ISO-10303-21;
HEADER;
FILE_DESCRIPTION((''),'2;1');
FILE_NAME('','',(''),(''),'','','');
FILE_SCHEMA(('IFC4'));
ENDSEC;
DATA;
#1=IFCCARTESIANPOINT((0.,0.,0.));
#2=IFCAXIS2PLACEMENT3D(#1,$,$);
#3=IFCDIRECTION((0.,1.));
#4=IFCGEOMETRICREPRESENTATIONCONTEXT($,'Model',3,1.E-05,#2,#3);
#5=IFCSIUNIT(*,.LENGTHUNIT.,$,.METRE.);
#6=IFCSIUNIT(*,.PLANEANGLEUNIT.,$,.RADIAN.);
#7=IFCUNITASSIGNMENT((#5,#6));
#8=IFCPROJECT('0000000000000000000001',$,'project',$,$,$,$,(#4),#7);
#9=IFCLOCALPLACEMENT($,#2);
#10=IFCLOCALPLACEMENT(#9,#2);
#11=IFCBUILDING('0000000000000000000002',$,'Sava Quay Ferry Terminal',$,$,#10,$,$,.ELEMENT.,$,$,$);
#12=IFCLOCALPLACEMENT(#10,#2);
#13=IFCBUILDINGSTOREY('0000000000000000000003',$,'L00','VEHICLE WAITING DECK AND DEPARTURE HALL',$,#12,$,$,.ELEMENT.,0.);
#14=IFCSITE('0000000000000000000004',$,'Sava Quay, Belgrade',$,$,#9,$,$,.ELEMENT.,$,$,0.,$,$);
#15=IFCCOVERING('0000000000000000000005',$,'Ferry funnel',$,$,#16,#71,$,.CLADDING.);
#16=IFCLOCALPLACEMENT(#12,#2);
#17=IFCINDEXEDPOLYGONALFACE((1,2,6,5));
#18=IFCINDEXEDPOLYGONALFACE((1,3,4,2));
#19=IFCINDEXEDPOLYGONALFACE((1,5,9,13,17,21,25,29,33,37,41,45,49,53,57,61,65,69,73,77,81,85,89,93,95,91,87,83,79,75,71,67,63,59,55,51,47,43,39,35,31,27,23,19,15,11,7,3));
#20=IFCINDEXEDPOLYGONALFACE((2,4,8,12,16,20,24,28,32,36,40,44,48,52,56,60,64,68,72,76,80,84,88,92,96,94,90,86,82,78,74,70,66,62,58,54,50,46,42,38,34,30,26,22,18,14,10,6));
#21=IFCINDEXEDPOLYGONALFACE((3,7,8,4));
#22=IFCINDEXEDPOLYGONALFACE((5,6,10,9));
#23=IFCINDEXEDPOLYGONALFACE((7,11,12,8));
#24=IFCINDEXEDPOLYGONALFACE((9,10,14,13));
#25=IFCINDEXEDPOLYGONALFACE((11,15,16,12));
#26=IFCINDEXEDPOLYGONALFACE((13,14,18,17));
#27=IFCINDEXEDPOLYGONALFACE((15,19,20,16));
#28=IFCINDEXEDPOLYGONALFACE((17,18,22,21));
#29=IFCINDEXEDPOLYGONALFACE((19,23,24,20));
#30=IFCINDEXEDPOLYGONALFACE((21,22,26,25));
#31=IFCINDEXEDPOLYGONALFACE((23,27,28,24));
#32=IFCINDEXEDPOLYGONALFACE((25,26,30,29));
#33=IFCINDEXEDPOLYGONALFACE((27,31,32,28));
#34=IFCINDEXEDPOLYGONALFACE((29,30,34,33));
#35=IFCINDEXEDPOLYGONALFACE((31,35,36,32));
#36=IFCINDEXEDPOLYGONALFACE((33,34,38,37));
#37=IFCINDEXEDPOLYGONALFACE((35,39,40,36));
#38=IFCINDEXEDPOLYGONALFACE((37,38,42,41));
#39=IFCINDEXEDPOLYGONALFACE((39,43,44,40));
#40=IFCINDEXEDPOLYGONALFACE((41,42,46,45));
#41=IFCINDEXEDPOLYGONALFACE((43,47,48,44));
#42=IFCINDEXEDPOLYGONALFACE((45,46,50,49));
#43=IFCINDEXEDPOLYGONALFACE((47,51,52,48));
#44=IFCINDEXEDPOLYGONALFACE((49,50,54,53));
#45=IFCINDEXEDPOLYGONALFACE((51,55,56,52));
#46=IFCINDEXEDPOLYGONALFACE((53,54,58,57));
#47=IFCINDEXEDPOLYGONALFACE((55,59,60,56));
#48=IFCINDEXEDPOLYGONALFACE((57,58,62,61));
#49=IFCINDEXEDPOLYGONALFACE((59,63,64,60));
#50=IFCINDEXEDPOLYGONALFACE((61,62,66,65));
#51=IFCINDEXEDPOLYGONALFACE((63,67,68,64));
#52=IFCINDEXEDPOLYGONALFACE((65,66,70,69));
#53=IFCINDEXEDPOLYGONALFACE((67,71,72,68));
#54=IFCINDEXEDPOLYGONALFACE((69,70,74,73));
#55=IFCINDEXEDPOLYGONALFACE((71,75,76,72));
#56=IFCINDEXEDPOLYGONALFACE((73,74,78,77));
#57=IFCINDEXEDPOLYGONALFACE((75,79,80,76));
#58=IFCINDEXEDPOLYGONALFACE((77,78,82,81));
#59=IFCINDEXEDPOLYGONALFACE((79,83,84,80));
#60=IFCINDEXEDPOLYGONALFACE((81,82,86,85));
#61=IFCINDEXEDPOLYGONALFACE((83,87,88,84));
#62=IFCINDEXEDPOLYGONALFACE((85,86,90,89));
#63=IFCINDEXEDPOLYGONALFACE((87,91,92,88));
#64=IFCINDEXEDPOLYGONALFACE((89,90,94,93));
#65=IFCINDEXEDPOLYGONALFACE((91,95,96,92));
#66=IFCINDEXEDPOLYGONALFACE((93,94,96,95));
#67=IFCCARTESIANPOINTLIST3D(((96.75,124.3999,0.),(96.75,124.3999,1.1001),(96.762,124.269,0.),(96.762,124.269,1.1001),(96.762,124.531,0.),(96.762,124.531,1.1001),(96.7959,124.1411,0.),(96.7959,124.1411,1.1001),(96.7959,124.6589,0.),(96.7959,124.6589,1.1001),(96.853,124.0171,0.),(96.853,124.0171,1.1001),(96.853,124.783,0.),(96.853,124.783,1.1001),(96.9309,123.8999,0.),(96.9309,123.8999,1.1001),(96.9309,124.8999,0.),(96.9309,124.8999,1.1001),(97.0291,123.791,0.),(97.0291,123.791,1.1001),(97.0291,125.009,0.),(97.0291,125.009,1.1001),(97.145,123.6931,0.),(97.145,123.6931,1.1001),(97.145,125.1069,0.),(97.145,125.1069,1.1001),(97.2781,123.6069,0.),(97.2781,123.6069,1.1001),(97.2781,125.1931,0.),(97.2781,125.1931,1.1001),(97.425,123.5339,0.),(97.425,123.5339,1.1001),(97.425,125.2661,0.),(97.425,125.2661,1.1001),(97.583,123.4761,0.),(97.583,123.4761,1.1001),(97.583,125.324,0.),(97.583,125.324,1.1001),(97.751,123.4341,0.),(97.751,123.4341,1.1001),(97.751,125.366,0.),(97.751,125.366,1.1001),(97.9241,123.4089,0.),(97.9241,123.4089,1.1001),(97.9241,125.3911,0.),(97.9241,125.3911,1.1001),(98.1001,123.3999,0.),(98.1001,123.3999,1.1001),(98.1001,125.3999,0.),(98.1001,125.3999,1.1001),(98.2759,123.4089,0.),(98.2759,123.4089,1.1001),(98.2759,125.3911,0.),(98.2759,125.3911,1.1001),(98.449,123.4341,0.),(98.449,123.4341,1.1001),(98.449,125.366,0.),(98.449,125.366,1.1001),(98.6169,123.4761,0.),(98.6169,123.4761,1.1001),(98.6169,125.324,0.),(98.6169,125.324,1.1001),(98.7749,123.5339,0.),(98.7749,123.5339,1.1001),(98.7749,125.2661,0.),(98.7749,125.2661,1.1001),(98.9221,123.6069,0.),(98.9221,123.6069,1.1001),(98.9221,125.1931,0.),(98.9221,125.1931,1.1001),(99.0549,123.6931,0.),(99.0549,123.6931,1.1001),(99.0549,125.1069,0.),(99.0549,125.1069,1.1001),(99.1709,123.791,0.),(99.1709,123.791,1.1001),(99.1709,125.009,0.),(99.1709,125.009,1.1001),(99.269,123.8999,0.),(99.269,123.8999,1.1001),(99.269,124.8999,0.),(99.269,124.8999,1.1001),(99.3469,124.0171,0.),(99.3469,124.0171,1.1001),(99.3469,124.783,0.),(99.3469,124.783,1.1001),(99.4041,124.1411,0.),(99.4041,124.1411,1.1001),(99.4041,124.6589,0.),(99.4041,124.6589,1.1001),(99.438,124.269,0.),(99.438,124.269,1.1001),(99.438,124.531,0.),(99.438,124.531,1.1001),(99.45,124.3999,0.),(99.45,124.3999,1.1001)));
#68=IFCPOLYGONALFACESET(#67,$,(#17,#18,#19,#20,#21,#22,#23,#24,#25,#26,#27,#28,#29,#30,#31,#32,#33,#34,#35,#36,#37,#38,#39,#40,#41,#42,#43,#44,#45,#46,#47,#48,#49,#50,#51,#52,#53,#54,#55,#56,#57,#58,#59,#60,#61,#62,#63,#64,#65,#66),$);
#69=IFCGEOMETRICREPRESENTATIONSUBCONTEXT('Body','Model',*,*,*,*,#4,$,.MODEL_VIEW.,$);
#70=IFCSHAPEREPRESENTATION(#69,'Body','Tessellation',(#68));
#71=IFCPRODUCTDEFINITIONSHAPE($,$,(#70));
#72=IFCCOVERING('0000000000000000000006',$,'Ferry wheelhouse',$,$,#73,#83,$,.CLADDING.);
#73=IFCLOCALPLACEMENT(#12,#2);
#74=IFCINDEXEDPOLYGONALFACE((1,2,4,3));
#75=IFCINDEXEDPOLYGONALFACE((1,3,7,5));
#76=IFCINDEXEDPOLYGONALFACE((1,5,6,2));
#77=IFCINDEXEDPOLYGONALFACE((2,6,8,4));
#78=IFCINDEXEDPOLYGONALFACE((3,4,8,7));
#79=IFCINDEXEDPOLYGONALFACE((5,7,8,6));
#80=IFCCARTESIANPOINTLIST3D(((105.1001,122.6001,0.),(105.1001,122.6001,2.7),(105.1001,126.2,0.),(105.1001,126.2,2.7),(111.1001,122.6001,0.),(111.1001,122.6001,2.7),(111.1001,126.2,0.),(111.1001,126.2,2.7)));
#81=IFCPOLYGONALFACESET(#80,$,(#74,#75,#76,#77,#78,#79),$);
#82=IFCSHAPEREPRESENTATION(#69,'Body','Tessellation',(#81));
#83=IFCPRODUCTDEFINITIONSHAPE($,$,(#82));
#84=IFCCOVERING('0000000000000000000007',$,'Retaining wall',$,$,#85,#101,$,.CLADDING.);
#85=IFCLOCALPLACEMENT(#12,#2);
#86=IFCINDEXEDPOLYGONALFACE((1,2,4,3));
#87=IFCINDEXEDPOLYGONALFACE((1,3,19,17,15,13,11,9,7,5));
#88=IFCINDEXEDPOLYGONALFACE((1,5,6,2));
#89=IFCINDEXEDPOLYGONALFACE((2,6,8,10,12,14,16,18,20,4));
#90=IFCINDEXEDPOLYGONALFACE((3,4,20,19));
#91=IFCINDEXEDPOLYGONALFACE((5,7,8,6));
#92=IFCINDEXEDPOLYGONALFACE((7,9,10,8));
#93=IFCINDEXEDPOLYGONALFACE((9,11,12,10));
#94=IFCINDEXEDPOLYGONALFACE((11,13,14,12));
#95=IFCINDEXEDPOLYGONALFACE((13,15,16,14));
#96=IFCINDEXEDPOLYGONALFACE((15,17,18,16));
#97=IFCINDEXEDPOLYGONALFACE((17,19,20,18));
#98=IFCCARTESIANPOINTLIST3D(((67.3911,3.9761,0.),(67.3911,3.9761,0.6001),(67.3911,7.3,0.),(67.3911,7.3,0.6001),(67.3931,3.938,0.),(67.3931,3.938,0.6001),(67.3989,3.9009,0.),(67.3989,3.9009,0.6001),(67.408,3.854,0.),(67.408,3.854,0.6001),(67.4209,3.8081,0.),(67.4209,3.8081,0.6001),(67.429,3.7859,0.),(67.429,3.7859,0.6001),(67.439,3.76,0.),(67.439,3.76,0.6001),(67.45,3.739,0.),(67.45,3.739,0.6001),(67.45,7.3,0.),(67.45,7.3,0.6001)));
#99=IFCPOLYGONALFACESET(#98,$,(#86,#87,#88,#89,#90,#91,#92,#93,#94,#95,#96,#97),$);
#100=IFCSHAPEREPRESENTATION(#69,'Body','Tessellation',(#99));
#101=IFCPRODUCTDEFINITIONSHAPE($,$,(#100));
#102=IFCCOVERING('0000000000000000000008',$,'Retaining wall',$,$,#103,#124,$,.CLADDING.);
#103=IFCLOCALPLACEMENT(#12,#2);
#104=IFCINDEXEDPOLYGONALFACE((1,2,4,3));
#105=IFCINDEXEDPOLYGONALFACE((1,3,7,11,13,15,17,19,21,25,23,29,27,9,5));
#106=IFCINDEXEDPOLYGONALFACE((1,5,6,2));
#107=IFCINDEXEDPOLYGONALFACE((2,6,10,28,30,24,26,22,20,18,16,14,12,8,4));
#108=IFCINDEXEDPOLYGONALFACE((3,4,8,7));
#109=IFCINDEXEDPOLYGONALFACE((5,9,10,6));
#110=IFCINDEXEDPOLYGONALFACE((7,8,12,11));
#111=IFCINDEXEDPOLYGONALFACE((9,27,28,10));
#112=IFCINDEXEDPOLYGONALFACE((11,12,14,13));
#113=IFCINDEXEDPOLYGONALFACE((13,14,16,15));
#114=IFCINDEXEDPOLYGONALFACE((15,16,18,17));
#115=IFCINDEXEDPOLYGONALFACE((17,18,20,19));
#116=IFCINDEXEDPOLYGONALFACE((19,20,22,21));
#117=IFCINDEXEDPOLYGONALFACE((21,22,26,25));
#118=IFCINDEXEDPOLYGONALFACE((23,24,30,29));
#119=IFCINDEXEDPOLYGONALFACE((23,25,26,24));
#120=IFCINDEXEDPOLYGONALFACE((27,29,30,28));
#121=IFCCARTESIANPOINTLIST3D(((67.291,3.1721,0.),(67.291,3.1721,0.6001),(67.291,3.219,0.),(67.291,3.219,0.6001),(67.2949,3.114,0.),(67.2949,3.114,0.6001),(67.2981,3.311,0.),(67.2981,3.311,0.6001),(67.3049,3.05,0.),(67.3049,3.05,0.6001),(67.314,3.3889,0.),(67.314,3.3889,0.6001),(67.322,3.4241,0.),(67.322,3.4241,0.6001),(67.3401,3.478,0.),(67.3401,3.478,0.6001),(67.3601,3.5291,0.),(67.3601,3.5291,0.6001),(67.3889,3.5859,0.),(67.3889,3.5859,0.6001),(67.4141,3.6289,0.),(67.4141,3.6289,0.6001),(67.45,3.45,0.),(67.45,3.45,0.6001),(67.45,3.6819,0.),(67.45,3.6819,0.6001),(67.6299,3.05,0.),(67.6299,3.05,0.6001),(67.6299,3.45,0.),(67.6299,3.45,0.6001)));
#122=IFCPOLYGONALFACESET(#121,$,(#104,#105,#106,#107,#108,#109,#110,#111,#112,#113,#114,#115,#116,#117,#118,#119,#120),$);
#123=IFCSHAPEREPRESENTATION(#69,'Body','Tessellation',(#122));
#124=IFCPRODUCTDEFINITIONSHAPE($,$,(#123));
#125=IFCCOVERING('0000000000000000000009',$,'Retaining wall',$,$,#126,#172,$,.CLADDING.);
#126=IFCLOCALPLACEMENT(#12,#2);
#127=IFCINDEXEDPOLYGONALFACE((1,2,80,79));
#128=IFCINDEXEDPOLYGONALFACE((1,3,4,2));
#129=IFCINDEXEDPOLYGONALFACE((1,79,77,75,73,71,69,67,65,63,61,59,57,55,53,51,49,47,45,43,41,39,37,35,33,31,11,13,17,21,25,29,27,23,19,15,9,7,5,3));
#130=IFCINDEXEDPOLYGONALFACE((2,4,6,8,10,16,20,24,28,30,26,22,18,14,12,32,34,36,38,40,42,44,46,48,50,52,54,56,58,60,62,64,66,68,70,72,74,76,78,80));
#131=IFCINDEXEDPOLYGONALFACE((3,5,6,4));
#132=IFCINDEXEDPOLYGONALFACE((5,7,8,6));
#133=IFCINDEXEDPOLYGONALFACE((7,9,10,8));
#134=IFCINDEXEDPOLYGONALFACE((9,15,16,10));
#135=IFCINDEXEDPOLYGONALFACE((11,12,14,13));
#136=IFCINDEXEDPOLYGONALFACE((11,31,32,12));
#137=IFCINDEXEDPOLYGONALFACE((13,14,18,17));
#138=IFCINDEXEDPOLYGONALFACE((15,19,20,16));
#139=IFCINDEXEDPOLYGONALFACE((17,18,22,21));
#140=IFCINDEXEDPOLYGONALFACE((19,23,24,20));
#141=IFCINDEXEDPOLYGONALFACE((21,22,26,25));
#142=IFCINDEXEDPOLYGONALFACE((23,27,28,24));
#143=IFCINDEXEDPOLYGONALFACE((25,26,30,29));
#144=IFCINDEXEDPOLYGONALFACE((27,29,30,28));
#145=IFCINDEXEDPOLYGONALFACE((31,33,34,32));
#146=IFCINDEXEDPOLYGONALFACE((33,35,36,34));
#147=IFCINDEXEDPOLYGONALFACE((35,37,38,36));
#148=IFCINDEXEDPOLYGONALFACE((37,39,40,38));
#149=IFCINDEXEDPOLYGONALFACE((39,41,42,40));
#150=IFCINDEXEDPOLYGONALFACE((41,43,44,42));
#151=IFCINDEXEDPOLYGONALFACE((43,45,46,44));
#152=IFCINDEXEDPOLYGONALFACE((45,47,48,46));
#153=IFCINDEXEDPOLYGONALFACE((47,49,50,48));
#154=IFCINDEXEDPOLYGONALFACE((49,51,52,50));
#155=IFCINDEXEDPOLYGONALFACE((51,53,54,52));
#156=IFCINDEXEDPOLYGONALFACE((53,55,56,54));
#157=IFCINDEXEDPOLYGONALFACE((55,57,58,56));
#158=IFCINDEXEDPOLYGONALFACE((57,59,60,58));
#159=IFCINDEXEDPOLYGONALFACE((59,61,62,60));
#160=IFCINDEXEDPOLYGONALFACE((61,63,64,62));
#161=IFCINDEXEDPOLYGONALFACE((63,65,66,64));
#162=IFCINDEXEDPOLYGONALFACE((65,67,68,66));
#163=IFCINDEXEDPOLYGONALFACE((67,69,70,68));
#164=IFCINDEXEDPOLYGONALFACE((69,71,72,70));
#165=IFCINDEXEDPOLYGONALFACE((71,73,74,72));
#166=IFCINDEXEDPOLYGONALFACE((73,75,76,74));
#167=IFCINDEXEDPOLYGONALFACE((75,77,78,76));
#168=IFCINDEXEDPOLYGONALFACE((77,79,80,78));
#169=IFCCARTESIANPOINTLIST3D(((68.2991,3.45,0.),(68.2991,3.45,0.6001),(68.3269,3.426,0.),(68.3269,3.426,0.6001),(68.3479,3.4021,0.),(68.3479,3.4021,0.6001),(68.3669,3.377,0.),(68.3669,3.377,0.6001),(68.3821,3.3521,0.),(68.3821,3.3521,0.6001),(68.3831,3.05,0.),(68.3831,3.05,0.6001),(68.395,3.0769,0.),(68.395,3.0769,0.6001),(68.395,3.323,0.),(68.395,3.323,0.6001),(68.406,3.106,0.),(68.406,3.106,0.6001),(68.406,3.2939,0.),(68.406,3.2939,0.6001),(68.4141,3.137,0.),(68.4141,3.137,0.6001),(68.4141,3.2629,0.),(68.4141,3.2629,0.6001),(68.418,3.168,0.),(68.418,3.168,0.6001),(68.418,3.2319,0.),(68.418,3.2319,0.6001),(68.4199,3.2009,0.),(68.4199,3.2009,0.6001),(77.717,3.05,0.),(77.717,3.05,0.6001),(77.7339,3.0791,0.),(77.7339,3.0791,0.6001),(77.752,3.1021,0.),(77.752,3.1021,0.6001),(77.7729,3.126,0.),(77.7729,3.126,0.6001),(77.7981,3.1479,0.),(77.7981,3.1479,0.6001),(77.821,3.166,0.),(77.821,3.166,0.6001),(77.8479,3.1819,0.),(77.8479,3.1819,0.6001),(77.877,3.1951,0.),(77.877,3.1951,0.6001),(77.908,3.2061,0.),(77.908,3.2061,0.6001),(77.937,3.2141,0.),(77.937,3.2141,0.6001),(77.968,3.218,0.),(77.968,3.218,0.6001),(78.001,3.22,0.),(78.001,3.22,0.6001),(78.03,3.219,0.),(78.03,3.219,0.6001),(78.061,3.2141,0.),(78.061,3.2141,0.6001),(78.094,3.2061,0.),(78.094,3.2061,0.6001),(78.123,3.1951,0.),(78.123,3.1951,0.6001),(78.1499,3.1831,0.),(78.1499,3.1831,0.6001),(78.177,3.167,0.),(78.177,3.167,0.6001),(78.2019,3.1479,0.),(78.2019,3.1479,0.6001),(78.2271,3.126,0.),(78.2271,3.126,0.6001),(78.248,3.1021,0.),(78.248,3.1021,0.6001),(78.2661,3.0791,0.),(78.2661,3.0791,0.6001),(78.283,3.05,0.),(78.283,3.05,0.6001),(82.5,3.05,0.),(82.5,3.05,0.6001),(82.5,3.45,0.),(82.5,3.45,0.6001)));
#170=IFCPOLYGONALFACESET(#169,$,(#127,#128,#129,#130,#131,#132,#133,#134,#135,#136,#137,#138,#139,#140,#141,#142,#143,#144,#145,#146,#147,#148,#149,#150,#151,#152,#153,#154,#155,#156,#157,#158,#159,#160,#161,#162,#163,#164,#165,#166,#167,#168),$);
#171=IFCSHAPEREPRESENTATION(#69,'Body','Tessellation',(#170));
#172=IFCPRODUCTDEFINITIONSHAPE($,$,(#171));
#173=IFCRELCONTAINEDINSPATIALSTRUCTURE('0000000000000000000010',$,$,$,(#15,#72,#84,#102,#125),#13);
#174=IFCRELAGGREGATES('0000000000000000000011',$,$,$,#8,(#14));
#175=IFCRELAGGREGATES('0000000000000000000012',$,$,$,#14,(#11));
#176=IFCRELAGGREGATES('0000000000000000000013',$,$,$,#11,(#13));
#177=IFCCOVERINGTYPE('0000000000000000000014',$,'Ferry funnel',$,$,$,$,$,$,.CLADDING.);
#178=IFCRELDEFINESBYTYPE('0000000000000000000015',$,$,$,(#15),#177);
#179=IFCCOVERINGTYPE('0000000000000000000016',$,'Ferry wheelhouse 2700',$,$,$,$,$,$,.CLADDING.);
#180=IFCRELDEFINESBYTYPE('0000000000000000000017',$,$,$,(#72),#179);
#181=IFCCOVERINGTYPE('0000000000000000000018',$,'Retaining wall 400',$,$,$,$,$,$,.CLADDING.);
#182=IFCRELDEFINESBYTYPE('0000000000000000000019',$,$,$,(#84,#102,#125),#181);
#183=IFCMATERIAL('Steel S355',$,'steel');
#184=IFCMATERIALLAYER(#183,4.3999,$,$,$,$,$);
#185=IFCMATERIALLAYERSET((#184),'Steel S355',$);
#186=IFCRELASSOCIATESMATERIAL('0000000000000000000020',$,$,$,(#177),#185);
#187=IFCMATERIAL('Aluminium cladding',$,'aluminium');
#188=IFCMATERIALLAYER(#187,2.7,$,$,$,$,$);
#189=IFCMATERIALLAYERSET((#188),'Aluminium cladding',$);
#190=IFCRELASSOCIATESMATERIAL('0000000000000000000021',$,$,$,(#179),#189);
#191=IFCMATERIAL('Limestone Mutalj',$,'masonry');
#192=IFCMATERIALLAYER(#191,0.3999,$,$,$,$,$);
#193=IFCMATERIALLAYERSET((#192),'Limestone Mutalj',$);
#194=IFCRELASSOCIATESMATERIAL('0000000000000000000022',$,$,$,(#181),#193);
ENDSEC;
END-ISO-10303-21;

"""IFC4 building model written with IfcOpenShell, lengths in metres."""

from ifc_helpers import new_model, si_unit, direction, origin, place, context, subcontext, project, spatial, polyline, outline, extrude, material, layer, layer_set, type_object, element, save


model = new_model("IFC4")

# Units and contexts
model_context = context("Model", 3, precision=1e-05, world=origin(), true_north=direction((0.0, 1.0)))
body_context = subcontext(model_context, "Body", "Model", "MODEL_VIEW")
ifc_project = project(units=[si_unit("LENGTHUNIT", "METRE"), si_unit("PLANEANGLEUNIT", "RADIAN")], contexts=[model_context])

# Site, building, storey
site_placement = place(None, origin())
site = spatial("IfcSite", under=ifc_project, at=site_placement, Name="Sava Quay, Belgrade", CompositionType="ELEMENT", RefElevation=0.0)
building_placement = place(site_placement, origin())
building = spatial("IfcBuilding", under=site, at=building_placement, Name="Sava Quay Ferry Terminal", CompositionType="ELEMENT")
storey_placement = place(building_placement, origin())
storey = spatial("IfcBuildingStorey", under=building, at=storey_placement, Name="L00", Description="VEHICLE WAITING DECK AND DEPARTURE HALL", CompositionType="ELEMENT", Elevation=0.0)

# Coverings
ifc_material_1 = material(Name="Steel S355", Category="steel")
ifc_layer_1 = layer(ifc_material_1, 4.3999)
ifc_layer_set_1 = layer_set([ifc_layer_1], Name="Steel S355")
covering_type_1 = type_object("IfcCoveringType", Name="Ferry funnel", PredefinedType="CLADDING", material=ifc_layer_set_1)
covering_1_placement = place(storey_placement, origin())
element("IfcCovering", 1, at=covering_1_placement, inside=storey, type_object=covering_type_1, Name="Ferry funnel", PredefinedType="CLADDING", context=body_context, shape_type="SweptSolid", body=[
    extrude(outline(polyline([(99.45, 124.3999), (99.438, 124.531), (99.4041, 124.6589), (99.3469, 124.783), (99.269, 124.8999), (99.1709, 125.009), (99.0549, 125.1069), (98.9221, 125.1931), (98.7749, 125.2661), (98.6169, 125.324), (98.449, 125.366), (98.2759, 125.3911), (98.1001, 125.3999), (97.9241, 125.3911), (97.751, 125.366), (97.583, 125.324), (97.425, 125.2661), (97.2781, 125.1931), (97.145, 125.1069), (97.0291, 125.009), (96.9309, 124.8999), (96.853, 124.783), (96.7959, 124.6589), (96.762, 124.531), (96.75, 124.3999), (96.762, 124.269), (96.7959, 124.1411), (96.853, 124.0171), (96.9309, 123.8999), (97.0291, 123.791), (97.145, 123.6931), (97.2781, 123.6069), (97.425, 123.5339), (97.583, 123.4761), (97.751, 123.4341), (97.9241, 123.4089), (98.1001, 123.3999), (98.2759, 123.4089), (98.449, 123.4341), (98.6169, 123.4761), (98.7749, 123.5339), (98.9221, 123.6069), (99.0549, 123.6931), (99.1709, 123.791), (99.269, 123.8999), (99.3469, 124.0171), (99.4041, 124.1411), (99.438, 124.269), (99.45, 124.3999)])), origin(), (0.0, 0.0, 1.0), 1.1001),
])
ifc_material_2 = material(Name="Aluminium cladding", Category="aluminium")
ifc_layer_2 = layer(ifc_material_2, 2.7)
ifc_layer_set_2 = layer_set([ifc_layer_2], Name="Aluminium cladding")
covering_type_2 = type_object("IfcCoveringType", Name="Ferry wheelhouse 2700", PredefinedType="CLADDING", material=ifc_layer_set_2)
covering_2_placement = place(storey_placement, origin())
element("IfcCovering", 2, at=covering_2_placement, inside=storey, type_object=covering_type_2, Name="Ferry wheelhouse", PredefinedType="CLADDING", context=body_context, shape_type="SweptSolid", body=[
    extrude(outline(polyline([(105.1001, 122.6001), (111.1001, 122.6001), (111.1001, 126.2), (105.1001, 126.2), (105.1001, 122.6001)])), origin(), (0.0, 0.0, 1.0), 2.7),
])
ifc_material_3 = material(Name="Limestone Mutalj", Category="masonry")
ifc_layer_3 = layer(ifc_material_3, 0.3999)
ifc_layer_set_3 = layer_set([ifc_layer_3], Name="Limestone Mutalj")
covering_type_3 = type_object("IfcCoveringType", Name="Retaining wall 400", PredefinedType="CLADDING", material=ifc_layer_set_3)
covering_3_placement = place(storey_placement, origin())
element("IfcCovering", 3, at=covering_3_placement, inside=storey, type_object=covering_type_3, Name="Retaining wall", PredefinedType="CLADDING", context=body_context, shape_type="SweptSolid", body=[
    extrude(outline(polyline([(67.45, 7.3), (67.3911, 7.3), (67.3911, 3.9761), (67.3931, 3.938), (67.3989, 3.9009), (67.408, 3.854), (67.4209, 3.8081), (67.429, 3.7859), (67.439, 3.76), (67.45, 3.739), (67.45, 7.3)])), origin(), (0.0, 0.0, 1.0), 0.6001),
])
covering_4_placement = place(storey_placement, origin())
element("IfcCovering", 4, at=covering_4_placement, inside=storey, type_object=covering_type_3, Name="Retaining wall", PredefinedType="CLADDING", context=body_context, shape_type="SweptSolid", body=[
    extrude(outline(polyline([(67.45, 3.45), (67.45, 3.6819), (67.4141, 3.6289), (67.3889, 3.5859), (67.3601, 3.5291), (67.3401, 3.478), (67.322, 3.4241), (67.314, 3.3889), (67.2981, 3.311), (67.291, 3.219), (67.291, 3.1721), (67.2949, 3.114), (67.3049, 3.05), (67.6299, 3.05), (67.6299, 3.45), (67.45, 3.45)])), origin(), (0.0, 0.0, 1.0), 0.6001),
])
covering_5_placement = place(storey_placement, origin())
element("IfcCovering", 5, at=covering_5_placement, inside=storey, type_object=covering_type_3, Name="Retaining wall", PredefinedType="CLADDING", context=body_context, shape_type="SweptSolid", body=[
    extrude(outline(polyline([(82.5, 3.45), (68.2991, 3.45), (68.3269, 3.426), (68.3479, 3.4021), (68.3669, 3.377), (68.3821, 3.3521), (68.395, 3.323), (68.406, 3.2939), (68.4141, 3.2629), (68.418, 3.2319), (68.4199, 3.2009), (68.418, 3.168), (68.4141, 3.137), (68.406, 3.106), (68.395, 3.0769), (68.3831, 3.05), (77.717, 3.05), (77.7339, 3.0791), (77.752, 3.1021), (77.7729, 3.126), (77.7981, 3.1479), (77.821, 3.166), (77.8479, 3.1819), (77.877, 3.1951), (77.908, 3.2061), (77.937, 3.2141), (77.968, 3.218), (78.001, 3.22), (78.03, 3.219), (78.061, 3.2141), (78.094, 3.2061), (78.123, 3.1951), (78.1499, 3.1831), (78.177, 3.167), (78.2019, 3.1479), (78.2271, 3.126), (78.248, 3.1021), (78.2661, 3.0791), (78.283, 3.05), (82.5, 3.05), (82.5, 3.45)])), origin(), (0.0, 0.0, 1.0), 0.6001),
])

save(model, "model.ifc")
